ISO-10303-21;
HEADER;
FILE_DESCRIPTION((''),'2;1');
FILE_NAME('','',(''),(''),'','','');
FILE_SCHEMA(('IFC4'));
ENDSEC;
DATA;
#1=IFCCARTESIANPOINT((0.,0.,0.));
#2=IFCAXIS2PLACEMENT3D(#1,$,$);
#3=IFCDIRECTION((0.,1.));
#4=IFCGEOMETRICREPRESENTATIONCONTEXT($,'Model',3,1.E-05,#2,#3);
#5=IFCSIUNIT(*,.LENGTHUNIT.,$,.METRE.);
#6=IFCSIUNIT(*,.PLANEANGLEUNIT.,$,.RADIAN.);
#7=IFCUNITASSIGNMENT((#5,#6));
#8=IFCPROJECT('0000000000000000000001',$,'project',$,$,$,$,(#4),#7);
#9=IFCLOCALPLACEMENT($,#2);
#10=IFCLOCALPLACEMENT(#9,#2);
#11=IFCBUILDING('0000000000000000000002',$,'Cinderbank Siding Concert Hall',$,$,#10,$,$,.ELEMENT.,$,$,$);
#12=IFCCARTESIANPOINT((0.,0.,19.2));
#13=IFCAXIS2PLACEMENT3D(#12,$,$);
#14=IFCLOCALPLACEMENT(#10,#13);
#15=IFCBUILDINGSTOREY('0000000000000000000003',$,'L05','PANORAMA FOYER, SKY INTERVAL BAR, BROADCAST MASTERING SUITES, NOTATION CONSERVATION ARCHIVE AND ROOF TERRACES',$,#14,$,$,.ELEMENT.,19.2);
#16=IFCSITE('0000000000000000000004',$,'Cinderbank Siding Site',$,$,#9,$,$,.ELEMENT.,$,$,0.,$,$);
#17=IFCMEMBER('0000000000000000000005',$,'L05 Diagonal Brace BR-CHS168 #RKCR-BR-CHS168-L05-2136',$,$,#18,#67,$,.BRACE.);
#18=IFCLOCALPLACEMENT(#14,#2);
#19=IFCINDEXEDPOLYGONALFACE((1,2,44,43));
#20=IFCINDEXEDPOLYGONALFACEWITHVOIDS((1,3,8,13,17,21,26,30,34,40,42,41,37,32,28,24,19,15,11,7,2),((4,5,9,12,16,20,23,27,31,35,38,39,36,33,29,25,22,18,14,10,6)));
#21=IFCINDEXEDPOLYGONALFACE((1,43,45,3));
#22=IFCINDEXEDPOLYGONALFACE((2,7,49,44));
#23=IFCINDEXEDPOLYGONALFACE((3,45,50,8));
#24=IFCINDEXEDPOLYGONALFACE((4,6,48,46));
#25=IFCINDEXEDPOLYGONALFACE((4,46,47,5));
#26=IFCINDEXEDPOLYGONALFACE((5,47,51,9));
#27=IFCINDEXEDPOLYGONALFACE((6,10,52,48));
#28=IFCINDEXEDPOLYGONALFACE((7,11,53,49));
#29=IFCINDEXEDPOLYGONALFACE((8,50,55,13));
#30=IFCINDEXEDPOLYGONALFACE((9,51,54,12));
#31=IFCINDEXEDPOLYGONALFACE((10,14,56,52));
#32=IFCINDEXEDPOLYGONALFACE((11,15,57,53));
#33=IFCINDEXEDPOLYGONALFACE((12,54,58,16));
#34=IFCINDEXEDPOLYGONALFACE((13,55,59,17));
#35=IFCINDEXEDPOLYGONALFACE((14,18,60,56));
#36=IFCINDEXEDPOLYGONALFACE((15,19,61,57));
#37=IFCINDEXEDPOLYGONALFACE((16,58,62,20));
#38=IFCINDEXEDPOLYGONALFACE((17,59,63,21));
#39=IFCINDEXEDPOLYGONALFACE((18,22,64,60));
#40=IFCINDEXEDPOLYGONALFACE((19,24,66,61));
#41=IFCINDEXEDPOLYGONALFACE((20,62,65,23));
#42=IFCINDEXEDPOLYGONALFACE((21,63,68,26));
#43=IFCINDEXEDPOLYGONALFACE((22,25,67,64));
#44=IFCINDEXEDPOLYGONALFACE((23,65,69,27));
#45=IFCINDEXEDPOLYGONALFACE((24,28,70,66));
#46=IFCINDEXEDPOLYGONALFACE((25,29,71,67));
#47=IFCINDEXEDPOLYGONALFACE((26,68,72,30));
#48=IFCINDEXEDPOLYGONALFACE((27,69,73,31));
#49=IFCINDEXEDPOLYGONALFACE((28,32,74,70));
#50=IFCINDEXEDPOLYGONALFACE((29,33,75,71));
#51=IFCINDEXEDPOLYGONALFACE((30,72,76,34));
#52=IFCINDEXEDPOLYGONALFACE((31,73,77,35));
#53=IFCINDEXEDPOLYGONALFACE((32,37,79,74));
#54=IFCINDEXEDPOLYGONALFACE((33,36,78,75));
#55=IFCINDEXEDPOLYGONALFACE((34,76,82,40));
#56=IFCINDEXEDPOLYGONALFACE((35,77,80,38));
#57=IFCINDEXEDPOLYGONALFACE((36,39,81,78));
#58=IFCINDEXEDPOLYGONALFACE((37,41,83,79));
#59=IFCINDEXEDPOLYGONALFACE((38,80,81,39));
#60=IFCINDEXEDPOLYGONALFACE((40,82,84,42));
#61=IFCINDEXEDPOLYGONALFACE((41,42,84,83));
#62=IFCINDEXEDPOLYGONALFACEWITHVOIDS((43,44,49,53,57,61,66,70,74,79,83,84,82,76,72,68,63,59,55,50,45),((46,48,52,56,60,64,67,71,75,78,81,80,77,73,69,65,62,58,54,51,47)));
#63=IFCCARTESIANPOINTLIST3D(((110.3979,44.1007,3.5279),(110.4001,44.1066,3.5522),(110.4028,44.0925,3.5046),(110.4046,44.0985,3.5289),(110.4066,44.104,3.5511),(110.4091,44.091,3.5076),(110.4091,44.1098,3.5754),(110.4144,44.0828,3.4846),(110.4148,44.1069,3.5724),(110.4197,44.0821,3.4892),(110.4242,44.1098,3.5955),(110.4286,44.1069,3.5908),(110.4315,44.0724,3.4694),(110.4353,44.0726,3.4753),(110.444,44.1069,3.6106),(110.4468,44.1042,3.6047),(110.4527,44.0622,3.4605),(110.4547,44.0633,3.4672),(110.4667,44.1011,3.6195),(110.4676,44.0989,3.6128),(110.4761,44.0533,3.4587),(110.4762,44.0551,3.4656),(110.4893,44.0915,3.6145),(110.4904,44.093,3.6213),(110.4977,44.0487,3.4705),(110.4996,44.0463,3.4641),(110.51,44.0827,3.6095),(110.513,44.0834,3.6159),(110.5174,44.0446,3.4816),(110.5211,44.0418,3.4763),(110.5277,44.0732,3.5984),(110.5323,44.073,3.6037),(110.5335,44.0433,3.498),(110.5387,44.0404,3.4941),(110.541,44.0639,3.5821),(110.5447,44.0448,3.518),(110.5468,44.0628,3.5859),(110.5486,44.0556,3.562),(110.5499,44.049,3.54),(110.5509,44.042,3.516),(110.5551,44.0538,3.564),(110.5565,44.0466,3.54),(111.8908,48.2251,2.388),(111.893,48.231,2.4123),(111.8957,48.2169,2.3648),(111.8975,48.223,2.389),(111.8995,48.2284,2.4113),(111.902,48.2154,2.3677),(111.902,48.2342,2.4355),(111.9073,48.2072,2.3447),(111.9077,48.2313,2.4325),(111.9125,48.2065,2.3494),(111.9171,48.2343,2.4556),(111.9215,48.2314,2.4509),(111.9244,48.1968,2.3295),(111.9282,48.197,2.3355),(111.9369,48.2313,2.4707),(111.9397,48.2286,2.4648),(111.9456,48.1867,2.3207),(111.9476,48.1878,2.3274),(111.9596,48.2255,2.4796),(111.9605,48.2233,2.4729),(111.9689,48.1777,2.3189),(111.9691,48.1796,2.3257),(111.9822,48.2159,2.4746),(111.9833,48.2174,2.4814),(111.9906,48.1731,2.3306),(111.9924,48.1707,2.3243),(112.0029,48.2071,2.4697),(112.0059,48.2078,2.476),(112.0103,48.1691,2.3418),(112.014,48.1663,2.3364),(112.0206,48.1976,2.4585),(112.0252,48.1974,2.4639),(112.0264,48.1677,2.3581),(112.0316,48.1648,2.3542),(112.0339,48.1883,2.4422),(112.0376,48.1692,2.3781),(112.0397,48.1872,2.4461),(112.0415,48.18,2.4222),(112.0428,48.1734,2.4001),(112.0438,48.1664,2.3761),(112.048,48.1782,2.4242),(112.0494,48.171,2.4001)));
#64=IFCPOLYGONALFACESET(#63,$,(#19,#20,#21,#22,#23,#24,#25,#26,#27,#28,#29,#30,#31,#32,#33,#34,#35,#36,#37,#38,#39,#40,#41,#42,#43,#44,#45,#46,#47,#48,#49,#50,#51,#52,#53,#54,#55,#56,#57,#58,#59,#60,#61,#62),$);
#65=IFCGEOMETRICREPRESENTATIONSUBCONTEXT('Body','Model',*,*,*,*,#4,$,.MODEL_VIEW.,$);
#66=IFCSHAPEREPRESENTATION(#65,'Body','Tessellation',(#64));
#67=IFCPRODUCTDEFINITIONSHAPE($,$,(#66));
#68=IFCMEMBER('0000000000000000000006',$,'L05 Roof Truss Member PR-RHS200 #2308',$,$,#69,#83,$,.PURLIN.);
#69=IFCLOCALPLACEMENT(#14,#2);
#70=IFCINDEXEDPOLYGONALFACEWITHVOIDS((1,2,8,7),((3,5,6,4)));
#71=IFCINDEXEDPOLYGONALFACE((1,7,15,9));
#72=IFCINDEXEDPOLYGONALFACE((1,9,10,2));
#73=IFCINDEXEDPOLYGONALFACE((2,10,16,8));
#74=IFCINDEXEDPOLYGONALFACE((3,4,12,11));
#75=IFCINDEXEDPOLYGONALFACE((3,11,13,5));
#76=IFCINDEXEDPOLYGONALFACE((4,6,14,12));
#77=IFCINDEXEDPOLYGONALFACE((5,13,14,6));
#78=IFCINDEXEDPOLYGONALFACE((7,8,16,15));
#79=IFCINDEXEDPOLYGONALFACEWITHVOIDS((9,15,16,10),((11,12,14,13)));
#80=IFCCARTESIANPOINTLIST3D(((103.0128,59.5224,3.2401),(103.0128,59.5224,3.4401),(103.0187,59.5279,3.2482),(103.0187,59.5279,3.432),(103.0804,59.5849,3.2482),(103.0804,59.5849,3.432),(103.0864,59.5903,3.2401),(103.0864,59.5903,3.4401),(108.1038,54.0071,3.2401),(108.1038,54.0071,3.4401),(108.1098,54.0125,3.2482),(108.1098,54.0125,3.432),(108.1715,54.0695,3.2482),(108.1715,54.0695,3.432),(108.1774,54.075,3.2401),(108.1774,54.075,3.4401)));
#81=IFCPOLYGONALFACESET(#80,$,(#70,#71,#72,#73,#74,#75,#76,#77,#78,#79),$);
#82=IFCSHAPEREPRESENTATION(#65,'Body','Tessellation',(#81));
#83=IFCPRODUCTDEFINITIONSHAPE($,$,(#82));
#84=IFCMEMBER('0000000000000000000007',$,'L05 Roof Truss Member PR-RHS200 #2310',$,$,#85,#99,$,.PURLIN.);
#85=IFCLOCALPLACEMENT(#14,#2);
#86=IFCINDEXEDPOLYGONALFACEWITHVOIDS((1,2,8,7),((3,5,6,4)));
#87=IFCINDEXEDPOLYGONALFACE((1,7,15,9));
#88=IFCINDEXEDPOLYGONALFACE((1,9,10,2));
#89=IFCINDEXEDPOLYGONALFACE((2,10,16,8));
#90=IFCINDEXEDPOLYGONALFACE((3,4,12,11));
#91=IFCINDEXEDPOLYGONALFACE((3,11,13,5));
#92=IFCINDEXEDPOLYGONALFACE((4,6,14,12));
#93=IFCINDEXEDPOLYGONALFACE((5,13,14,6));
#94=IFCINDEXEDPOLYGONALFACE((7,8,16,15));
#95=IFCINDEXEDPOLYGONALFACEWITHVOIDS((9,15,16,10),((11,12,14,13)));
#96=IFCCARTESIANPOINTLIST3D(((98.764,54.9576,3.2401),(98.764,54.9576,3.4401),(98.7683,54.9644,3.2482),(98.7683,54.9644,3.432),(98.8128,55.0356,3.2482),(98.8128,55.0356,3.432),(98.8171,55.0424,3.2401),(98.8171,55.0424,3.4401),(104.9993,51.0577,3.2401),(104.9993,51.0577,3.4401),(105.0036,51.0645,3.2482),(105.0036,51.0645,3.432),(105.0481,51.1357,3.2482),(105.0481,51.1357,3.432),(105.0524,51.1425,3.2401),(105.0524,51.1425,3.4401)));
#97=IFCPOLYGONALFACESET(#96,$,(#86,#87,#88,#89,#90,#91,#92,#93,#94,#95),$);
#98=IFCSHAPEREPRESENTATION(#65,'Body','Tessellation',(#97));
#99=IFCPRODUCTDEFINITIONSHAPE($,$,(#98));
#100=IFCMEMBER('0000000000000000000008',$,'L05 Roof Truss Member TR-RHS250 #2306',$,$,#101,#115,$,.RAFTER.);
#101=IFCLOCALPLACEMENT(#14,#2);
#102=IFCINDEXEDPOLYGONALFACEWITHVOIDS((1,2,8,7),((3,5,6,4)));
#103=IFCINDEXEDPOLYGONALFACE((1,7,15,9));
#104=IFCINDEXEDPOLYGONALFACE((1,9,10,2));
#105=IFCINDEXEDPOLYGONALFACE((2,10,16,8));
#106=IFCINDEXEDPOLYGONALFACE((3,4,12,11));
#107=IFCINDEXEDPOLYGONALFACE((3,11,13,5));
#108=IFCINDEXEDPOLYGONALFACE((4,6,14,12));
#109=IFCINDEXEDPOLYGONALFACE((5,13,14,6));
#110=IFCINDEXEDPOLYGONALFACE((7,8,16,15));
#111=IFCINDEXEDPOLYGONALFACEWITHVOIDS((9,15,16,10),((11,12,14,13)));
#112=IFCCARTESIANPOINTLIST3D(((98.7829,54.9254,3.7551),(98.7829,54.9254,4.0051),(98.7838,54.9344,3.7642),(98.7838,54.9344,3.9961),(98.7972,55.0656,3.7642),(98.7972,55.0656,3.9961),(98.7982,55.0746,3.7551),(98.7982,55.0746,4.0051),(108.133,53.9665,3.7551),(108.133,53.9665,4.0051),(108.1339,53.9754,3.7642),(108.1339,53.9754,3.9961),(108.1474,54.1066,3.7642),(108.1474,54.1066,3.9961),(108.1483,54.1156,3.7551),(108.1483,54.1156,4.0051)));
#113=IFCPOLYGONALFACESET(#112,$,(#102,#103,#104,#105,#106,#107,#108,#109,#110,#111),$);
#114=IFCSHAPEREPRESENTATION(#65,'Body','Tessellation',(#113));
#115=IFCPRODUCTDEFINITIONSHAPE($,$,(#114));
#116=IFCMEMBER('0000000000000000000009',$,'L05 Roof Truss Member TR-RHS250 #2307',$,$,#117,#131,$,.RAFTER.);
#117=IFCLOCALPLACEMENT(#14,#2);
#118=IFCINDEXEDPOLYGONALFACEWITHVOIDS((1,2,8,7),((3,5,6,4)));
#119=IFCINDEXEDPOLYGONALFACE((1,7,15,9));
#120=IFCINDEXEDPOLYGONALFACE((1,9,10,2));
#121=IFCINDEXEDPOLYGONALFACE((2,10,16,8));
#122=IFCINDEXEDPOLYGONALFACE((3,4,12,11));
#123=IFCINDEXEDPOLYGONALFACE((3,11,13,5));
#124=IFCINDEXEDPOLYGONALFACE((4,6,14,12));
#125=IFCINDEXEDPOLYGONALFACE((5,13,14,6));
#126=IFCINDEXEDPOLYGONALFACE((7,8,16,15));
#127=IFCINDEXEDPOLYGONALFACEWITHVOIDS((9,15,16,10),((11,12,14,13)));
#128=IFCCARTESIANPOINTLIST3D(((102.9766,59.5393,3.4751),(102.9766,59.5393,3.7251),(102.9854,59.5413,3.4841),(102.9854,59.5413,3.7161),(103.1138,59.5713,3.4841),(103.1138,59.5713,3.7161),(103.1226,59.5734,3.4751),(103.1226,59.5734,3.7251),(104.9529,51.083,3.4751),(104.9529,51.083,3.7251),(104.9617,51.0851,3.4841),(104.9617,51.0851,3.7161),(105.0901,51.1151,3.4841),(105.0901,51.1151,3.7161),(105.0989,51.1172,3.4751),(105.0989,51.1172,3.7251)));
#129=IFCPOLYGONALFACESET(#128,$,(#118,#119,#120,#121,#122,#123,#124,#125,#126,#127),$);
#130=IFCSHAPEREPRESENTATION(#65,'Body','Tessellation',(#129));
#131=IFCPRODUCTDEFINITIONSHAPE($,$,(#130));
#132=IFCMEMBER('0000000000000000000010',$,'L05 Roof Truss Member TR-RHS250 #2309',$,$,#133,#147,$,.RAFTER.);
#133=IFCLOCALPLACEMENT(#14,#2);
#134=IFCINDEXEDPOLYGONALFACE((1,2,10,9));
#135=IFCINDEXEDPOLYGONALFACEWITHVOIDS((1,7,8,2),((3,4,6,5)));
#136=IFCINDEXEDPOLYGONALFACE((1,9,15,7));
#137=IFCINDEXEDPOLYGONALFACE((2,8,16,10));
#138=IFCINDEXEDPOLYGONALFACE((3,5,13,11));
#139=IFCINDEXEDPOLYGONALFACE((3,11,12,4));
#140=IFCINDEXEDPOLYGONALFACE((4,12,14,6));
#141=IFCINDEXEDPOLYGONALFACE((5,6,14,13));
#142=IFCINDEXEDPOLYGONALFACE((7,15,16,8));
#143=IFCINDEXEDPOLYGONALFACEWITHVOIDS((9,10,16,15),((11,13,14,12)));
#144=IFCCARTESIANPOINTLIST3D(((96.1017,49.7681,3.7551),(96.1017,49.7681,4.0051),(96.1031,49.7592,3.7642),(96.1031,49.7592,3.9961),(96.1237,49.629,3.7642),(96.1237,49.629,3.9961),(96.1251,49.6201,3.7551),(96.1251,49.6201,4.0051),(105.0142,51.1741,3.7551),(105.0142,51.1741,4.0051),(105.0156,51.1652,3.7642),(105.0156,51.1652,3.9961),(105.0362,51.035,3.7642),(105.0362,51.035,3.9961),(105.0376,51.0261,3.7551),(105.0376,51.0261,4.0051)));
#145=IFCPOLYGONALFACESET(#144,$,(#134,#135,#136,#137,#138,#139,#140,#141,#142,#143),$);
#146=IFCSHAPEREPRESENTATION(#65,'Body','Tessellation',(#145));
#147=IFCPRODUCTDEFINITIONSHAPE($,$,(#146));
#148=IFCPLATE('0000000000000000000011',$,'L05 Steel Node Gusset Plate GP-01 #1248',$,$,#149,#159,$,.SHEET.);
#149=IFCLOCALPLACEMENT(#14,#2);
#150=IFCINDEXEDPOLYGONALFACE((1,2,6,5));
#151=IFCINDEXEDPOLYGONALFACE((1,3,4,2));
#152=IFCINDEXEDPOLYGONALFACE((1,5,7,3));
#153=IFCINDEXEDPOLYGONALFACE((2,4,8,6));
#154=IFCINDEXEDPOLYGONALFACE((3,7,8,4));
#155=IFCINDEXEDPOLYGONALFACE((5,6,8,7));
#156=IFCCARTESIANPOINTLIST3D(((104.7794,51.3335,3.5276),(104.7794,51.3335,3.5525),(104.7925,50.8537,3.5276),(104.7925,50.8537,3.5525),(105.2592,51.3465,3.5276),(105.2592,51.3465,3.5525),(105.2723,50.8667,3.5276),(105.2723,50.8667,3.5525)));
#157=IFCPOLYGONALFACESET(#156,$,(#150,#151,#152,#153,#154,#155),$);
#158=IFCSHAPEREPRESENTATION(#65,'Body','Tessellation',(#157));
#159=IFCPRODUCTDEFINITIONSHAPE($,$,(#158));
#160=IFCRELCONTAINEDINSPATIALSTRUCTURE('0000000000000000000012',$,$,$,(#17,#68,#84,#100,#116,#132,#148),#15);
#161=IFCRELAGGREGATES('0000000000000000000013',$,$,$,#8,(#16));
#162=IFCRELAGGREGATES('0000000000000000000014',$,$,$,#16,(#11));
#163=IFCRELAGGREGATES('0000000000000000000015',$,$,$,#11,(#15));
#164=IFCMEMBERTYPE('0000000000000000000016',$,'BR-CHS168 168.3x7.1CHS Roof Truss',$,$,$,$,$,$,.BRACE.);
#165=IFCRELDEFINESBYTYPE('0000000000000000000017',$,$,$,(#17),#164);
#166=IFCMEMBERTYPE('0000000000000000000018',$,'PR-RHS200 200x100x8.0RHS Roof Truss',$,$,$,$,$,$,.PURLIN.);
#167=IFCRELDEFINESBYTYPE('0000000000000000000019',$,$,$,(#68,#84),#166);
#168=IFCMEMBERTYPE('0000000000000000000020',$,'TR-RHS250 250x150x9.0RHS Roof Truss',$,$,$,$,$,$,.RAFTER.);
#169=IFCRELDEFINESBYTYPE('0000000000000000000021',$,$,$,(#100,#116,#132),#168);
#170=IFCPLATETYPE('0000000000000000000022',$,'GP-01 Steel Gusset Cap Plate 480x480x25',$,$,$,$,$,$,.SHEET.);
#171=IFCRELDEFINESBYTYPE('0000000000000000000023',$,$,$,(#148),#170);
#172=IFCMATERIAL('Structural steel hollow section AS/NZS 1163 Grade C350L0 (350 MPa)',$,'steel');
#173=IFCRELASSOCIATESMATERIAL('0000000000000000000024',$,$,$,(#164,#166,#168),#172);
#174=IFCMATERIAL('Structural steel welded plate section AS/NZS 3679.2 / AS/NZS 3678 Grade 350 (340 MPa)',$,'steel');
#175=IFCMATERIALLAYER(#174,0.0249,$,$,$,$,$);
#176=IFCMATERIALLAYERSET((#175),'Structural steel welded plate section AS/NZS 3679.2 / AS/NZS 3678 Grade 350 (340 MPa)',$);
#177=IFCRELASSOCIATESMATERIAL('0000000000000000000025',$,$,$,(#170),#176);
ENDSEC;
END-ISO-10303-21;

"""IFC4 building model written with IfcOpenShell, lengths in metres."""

from ifc_helpers import new_model, si_unit, direction, frame, origin, origin_2d, place, context, subcontext, project, spatial, rectangle, hollow_rectangle, hollow_circle, extrude, material, layer, layer_set, material_profile, profile_set, type_object, element, save


model = new_model("IFC4")

# Units and contexts
model_context = context("Model", 3, precision=1e-05, world=origin(), true_north=direction((0.0, 1.0)))
body_context = subcontext(model_context, "Body", "Model", "MODEL_VIEW")
ifc_project = project(units=[si_unit("LENGTHUNIT", "METRE"), si_unit("PLANEANGLEUNIT", "RADIAN")], contexts=[model_context])

# Site, building, storey
site_placement = place(None, origin())
site = spatial("IfcSite", under=ifc_project, at=site_placement, Name="Cinderbank Siding Site", CompositionType="ELEMENT", RefElevation=0.0)
building_placement = place(site_placement, origin())
building = spatial("IfcBuilding", under=site, at=building_placement, Name="Cinderbank Siding Concert Hall", CompositionType="ELEMENT")
storey_placement = place(building_placement, frame((0.0, 0.0, 19.2)))
storey = spatial("IfcBuildingStorey", under=building, at=storey_placement, Name="L05", Description="PANORAMA FOYER, SKY INTERVAL BAR, BROADCAST MASTERING SUITES, NOTATION CONSERVATION ARCHIVE AND ROOF TERRACES", CompositionType="ELEMENT", Elevation=19.2)

# Shared definitions
ifc_material_1 = material(Name="Structural steel hollow section AS/NZS 1163 Grade C350L0 (350 MPa)", Category="steel")

# Members
ifc_material_profile_1 = material_profile(ifc_material_1, hollow_circle(Radius=0.0842, WallThickness=0.0071, at=origin_2d()), Name="168.3x7.1CHS", Category="LoadBearing")
ifc_profile_set_1 = profile_set([ifc_material_profile_1], Name="Structural steel hollow section AS/NZS 1163 Grade C350L0 (350 MPa)")
member_type_1 = type_object("IfcMemberType", Name="BR-CHS168 168.3x7.1CHS Roof Truss", PredefinedType="BRACE", material=ifc_profile_set_1)
member_1_placement = place(storey_placement, frame((111.9702, 48.1997, 2.4001), z_axis=(-0.329412, -0.91007, 0.251516), x_axis=(0.940298, -0.340353, 0.0)))
element("IfcMember", 1, at=member_1_placement, inside=storey, type_object=member_type_1, Name="L05 Diagonal Brace BR-CHS168 #RKCR-BR-CHS168-L05-2136", PredefinedType="BRACE", context=body_context, shape_type="SweptSolid", body=[
    extrude(hollow_circle(Radius=0.0842, WallThickness=0.0071, at=origin_2d()), origin(), (0.0, 0.0, 1.0), 4.532),
])
ifc_material_profile_2 = material_profile(ifc_material_1, hollow_rectangle(XDim=0.1001, YDim=0.2, WallThickness=0.0081, at=origin_2d()), Name="200x100x8.0RHS", Category="LoadBearing")
ifc_profile_set_2 = profile_set([ifc_material_profile_2], Name="Structural steel hollow section AS/NZS 1163 Grade C350L0 (350 MPa)")
member_type_2 = type_object("IfcMemberType", Name="PR-RHS200 200x100x8.0RHS Roof Truss", PredefinedType="PURLIN", material=ifc_profile_set_2)
member_2_placement = place(storey_placement, frame((108.1406, 54.041, 3.3401), z_axis=(-0.678276, 0.734807, 0.0), x_axis=(-0.734807, -0.678276, 0.0)))
element("IfcMember", 2, at=member_2_placement, inside=storey, type_object=member_type_2, Name="L05 Roof Truss Member PR-RHS200 #2308", PredefinedType="PURLIN", context=body_context, shape_type="SweptSolid", body=[
    extrude(hollow_rectangle(XDim=0.1001, YDim=0.2, WallThickness=0.0081, at=origin_2d()), origin(), (0.0, 0.0, 1.0), 7.5059),
])
member_3_placement = place(storey_placement, frame((105.0259, 51.1001, 3.3401), z_axis=(-0.847827, 0.530273, 0.0), x_axis=(-0.530273, -0.847827, 0.0)))
element("IfcMember", 3, at=member_3_placement, inside=storey, type_object=member_type_2, Name="L05 Roof Truss Member PR-RHS200 #2310", PredefinedType="PURLIN", context=body_context, shape_type="SweptSolid", body=[
    extrude(hollow_rectangle(XDim=0.1001, YDim=0.2, WallThickness=0.0081, at=origin_2d()), origin(), (0.0, 0.0, 1.0), 7.3545),
])
ifc_material_profile_3 = material_profile(ifc_material_1, hollow_rectangle(XDim=0.1499, YDim=0.25, WallThickness=0.009, at=origin_2d()), Name="250x150x9.0RHS", Category="LoadBearing")
ifc_profile_set_3 = profile_set([ifc_material_profile_3], Name="Structural steel hollow section AS/NZS 1163 Grade C350L0 (350 MPa)")
member_type_3 = type_object("IfcMemberType", Name="TR-RHS250 250x150x9.0RHS Roof Truss", PredefinedType="RAFTER", material=ifc_profile_set_3)
member_4_placement = place(storey_placement, frame((108.1406, 54.041, 3.8801), z_axis=(-0.994781, 0.102029, 0.0), x_axis=(-0.102029, -0.994781, 0.0)))
element("IfcMember", 4, at=member_4_placement, inside=storey, type_object=member_type_3, Name="L05 Roof Truss Member TR-RHS250 #2306", PredefinedType="RAFTER", context=body_context, shape_type="SweptSolid", body=[
    extrude(hollow_rectangle(XDim=0.1499, YDim=0.25, WallThickness=0.009, at=origin_2d()), origin(), (0.0, 0.0, 1.0), 9.3992),
])
member_5_placement = place(storey_placement, frame((105.0259, 51.1001, 3.6001), z_axis=(-0.227577, 0.97376, 0.0), x_axis=(-0.97376, -0.227577, 0.0)))
element("IfcMember", 5, at=member_5_placement, inside=storey, type_object=member_type_3, Name="L05 Roof Truss Member TR-RHS250 #2307", PredefinedType="RAFTER", context=body_context, shape_type="SweptSolid", body=[
    extrude(hollow_rectangle(XDim=0.1499, YDim=0.25, WallThickness=0.009, at=origin_2d()), origin(), (0.0, 0.0, 1.0), 8.6841),
])
member_6_placement = place(storey_placement, frame((105.0259, 51.1001, 3.8801), z_axis=(-0.987784, -0.155828, 0.0), x_axis=(0.155828, -0.987784, 0.0)))
element("IfcMember", 6, at=member_6_placement, inside=storey, type_object=member_type_3, Name="L05 Roof Truss Member TR-RHS250 #2309", PredefinedType="RAFTER", context=body_context, shape_type="SweptSolid", body=[
    extrude(hollow_rectangle(XDim=0.1499, YDim=0.25, WallThickness=0.009, at=origin_2d()), origin(), (0.0, 0.0, 1.0), 9.0227),
])

# Plate
ifc_material_2 = material(Name="Structural steel welded plate section AS/NZS 3679.2 / AS/NZS 3678 Grade 350 (340 MPa)", Category="steel")
ifc_layer_1 = layer(ifc_material_2, 0.0249)
ifc_layer_set_1 = layer_set([ifc_layer_1], Name="Structural steel welded plate section AS/NZS 3679.2 / AS/NZS 3678 Grade 350 (340 MPa)")
plate_type = type_object("IfcPlateType", Name="GP-01 Steel Gusset Cap Plate 480x480x25", PredefinedType="SHEET", material=ifc_layer_set_1)
plate_placement = place(storey_placement, frame((105.0259, 51.1001, 3.5276), z_axis=(0.0, 0.0, 1.0), x_axis=(-0.999629, -0.027224, 0.0)))
element("IfcPlate", 7, at=plate_placement, inside=storey, type_object=plate_type, Name="L05 Steel Node Gusset Plate GP-01 #1248", PredefinedType="SHEET", context=body_context, shape_type="SweptSolid", body=[
    extrude(rectangle(XDim=0.48, YDim=0.48, at=origin_2d()), origin(), (0.0, 0.0, 1.0), 0.0249),
])

save(model, "model.ifc")
